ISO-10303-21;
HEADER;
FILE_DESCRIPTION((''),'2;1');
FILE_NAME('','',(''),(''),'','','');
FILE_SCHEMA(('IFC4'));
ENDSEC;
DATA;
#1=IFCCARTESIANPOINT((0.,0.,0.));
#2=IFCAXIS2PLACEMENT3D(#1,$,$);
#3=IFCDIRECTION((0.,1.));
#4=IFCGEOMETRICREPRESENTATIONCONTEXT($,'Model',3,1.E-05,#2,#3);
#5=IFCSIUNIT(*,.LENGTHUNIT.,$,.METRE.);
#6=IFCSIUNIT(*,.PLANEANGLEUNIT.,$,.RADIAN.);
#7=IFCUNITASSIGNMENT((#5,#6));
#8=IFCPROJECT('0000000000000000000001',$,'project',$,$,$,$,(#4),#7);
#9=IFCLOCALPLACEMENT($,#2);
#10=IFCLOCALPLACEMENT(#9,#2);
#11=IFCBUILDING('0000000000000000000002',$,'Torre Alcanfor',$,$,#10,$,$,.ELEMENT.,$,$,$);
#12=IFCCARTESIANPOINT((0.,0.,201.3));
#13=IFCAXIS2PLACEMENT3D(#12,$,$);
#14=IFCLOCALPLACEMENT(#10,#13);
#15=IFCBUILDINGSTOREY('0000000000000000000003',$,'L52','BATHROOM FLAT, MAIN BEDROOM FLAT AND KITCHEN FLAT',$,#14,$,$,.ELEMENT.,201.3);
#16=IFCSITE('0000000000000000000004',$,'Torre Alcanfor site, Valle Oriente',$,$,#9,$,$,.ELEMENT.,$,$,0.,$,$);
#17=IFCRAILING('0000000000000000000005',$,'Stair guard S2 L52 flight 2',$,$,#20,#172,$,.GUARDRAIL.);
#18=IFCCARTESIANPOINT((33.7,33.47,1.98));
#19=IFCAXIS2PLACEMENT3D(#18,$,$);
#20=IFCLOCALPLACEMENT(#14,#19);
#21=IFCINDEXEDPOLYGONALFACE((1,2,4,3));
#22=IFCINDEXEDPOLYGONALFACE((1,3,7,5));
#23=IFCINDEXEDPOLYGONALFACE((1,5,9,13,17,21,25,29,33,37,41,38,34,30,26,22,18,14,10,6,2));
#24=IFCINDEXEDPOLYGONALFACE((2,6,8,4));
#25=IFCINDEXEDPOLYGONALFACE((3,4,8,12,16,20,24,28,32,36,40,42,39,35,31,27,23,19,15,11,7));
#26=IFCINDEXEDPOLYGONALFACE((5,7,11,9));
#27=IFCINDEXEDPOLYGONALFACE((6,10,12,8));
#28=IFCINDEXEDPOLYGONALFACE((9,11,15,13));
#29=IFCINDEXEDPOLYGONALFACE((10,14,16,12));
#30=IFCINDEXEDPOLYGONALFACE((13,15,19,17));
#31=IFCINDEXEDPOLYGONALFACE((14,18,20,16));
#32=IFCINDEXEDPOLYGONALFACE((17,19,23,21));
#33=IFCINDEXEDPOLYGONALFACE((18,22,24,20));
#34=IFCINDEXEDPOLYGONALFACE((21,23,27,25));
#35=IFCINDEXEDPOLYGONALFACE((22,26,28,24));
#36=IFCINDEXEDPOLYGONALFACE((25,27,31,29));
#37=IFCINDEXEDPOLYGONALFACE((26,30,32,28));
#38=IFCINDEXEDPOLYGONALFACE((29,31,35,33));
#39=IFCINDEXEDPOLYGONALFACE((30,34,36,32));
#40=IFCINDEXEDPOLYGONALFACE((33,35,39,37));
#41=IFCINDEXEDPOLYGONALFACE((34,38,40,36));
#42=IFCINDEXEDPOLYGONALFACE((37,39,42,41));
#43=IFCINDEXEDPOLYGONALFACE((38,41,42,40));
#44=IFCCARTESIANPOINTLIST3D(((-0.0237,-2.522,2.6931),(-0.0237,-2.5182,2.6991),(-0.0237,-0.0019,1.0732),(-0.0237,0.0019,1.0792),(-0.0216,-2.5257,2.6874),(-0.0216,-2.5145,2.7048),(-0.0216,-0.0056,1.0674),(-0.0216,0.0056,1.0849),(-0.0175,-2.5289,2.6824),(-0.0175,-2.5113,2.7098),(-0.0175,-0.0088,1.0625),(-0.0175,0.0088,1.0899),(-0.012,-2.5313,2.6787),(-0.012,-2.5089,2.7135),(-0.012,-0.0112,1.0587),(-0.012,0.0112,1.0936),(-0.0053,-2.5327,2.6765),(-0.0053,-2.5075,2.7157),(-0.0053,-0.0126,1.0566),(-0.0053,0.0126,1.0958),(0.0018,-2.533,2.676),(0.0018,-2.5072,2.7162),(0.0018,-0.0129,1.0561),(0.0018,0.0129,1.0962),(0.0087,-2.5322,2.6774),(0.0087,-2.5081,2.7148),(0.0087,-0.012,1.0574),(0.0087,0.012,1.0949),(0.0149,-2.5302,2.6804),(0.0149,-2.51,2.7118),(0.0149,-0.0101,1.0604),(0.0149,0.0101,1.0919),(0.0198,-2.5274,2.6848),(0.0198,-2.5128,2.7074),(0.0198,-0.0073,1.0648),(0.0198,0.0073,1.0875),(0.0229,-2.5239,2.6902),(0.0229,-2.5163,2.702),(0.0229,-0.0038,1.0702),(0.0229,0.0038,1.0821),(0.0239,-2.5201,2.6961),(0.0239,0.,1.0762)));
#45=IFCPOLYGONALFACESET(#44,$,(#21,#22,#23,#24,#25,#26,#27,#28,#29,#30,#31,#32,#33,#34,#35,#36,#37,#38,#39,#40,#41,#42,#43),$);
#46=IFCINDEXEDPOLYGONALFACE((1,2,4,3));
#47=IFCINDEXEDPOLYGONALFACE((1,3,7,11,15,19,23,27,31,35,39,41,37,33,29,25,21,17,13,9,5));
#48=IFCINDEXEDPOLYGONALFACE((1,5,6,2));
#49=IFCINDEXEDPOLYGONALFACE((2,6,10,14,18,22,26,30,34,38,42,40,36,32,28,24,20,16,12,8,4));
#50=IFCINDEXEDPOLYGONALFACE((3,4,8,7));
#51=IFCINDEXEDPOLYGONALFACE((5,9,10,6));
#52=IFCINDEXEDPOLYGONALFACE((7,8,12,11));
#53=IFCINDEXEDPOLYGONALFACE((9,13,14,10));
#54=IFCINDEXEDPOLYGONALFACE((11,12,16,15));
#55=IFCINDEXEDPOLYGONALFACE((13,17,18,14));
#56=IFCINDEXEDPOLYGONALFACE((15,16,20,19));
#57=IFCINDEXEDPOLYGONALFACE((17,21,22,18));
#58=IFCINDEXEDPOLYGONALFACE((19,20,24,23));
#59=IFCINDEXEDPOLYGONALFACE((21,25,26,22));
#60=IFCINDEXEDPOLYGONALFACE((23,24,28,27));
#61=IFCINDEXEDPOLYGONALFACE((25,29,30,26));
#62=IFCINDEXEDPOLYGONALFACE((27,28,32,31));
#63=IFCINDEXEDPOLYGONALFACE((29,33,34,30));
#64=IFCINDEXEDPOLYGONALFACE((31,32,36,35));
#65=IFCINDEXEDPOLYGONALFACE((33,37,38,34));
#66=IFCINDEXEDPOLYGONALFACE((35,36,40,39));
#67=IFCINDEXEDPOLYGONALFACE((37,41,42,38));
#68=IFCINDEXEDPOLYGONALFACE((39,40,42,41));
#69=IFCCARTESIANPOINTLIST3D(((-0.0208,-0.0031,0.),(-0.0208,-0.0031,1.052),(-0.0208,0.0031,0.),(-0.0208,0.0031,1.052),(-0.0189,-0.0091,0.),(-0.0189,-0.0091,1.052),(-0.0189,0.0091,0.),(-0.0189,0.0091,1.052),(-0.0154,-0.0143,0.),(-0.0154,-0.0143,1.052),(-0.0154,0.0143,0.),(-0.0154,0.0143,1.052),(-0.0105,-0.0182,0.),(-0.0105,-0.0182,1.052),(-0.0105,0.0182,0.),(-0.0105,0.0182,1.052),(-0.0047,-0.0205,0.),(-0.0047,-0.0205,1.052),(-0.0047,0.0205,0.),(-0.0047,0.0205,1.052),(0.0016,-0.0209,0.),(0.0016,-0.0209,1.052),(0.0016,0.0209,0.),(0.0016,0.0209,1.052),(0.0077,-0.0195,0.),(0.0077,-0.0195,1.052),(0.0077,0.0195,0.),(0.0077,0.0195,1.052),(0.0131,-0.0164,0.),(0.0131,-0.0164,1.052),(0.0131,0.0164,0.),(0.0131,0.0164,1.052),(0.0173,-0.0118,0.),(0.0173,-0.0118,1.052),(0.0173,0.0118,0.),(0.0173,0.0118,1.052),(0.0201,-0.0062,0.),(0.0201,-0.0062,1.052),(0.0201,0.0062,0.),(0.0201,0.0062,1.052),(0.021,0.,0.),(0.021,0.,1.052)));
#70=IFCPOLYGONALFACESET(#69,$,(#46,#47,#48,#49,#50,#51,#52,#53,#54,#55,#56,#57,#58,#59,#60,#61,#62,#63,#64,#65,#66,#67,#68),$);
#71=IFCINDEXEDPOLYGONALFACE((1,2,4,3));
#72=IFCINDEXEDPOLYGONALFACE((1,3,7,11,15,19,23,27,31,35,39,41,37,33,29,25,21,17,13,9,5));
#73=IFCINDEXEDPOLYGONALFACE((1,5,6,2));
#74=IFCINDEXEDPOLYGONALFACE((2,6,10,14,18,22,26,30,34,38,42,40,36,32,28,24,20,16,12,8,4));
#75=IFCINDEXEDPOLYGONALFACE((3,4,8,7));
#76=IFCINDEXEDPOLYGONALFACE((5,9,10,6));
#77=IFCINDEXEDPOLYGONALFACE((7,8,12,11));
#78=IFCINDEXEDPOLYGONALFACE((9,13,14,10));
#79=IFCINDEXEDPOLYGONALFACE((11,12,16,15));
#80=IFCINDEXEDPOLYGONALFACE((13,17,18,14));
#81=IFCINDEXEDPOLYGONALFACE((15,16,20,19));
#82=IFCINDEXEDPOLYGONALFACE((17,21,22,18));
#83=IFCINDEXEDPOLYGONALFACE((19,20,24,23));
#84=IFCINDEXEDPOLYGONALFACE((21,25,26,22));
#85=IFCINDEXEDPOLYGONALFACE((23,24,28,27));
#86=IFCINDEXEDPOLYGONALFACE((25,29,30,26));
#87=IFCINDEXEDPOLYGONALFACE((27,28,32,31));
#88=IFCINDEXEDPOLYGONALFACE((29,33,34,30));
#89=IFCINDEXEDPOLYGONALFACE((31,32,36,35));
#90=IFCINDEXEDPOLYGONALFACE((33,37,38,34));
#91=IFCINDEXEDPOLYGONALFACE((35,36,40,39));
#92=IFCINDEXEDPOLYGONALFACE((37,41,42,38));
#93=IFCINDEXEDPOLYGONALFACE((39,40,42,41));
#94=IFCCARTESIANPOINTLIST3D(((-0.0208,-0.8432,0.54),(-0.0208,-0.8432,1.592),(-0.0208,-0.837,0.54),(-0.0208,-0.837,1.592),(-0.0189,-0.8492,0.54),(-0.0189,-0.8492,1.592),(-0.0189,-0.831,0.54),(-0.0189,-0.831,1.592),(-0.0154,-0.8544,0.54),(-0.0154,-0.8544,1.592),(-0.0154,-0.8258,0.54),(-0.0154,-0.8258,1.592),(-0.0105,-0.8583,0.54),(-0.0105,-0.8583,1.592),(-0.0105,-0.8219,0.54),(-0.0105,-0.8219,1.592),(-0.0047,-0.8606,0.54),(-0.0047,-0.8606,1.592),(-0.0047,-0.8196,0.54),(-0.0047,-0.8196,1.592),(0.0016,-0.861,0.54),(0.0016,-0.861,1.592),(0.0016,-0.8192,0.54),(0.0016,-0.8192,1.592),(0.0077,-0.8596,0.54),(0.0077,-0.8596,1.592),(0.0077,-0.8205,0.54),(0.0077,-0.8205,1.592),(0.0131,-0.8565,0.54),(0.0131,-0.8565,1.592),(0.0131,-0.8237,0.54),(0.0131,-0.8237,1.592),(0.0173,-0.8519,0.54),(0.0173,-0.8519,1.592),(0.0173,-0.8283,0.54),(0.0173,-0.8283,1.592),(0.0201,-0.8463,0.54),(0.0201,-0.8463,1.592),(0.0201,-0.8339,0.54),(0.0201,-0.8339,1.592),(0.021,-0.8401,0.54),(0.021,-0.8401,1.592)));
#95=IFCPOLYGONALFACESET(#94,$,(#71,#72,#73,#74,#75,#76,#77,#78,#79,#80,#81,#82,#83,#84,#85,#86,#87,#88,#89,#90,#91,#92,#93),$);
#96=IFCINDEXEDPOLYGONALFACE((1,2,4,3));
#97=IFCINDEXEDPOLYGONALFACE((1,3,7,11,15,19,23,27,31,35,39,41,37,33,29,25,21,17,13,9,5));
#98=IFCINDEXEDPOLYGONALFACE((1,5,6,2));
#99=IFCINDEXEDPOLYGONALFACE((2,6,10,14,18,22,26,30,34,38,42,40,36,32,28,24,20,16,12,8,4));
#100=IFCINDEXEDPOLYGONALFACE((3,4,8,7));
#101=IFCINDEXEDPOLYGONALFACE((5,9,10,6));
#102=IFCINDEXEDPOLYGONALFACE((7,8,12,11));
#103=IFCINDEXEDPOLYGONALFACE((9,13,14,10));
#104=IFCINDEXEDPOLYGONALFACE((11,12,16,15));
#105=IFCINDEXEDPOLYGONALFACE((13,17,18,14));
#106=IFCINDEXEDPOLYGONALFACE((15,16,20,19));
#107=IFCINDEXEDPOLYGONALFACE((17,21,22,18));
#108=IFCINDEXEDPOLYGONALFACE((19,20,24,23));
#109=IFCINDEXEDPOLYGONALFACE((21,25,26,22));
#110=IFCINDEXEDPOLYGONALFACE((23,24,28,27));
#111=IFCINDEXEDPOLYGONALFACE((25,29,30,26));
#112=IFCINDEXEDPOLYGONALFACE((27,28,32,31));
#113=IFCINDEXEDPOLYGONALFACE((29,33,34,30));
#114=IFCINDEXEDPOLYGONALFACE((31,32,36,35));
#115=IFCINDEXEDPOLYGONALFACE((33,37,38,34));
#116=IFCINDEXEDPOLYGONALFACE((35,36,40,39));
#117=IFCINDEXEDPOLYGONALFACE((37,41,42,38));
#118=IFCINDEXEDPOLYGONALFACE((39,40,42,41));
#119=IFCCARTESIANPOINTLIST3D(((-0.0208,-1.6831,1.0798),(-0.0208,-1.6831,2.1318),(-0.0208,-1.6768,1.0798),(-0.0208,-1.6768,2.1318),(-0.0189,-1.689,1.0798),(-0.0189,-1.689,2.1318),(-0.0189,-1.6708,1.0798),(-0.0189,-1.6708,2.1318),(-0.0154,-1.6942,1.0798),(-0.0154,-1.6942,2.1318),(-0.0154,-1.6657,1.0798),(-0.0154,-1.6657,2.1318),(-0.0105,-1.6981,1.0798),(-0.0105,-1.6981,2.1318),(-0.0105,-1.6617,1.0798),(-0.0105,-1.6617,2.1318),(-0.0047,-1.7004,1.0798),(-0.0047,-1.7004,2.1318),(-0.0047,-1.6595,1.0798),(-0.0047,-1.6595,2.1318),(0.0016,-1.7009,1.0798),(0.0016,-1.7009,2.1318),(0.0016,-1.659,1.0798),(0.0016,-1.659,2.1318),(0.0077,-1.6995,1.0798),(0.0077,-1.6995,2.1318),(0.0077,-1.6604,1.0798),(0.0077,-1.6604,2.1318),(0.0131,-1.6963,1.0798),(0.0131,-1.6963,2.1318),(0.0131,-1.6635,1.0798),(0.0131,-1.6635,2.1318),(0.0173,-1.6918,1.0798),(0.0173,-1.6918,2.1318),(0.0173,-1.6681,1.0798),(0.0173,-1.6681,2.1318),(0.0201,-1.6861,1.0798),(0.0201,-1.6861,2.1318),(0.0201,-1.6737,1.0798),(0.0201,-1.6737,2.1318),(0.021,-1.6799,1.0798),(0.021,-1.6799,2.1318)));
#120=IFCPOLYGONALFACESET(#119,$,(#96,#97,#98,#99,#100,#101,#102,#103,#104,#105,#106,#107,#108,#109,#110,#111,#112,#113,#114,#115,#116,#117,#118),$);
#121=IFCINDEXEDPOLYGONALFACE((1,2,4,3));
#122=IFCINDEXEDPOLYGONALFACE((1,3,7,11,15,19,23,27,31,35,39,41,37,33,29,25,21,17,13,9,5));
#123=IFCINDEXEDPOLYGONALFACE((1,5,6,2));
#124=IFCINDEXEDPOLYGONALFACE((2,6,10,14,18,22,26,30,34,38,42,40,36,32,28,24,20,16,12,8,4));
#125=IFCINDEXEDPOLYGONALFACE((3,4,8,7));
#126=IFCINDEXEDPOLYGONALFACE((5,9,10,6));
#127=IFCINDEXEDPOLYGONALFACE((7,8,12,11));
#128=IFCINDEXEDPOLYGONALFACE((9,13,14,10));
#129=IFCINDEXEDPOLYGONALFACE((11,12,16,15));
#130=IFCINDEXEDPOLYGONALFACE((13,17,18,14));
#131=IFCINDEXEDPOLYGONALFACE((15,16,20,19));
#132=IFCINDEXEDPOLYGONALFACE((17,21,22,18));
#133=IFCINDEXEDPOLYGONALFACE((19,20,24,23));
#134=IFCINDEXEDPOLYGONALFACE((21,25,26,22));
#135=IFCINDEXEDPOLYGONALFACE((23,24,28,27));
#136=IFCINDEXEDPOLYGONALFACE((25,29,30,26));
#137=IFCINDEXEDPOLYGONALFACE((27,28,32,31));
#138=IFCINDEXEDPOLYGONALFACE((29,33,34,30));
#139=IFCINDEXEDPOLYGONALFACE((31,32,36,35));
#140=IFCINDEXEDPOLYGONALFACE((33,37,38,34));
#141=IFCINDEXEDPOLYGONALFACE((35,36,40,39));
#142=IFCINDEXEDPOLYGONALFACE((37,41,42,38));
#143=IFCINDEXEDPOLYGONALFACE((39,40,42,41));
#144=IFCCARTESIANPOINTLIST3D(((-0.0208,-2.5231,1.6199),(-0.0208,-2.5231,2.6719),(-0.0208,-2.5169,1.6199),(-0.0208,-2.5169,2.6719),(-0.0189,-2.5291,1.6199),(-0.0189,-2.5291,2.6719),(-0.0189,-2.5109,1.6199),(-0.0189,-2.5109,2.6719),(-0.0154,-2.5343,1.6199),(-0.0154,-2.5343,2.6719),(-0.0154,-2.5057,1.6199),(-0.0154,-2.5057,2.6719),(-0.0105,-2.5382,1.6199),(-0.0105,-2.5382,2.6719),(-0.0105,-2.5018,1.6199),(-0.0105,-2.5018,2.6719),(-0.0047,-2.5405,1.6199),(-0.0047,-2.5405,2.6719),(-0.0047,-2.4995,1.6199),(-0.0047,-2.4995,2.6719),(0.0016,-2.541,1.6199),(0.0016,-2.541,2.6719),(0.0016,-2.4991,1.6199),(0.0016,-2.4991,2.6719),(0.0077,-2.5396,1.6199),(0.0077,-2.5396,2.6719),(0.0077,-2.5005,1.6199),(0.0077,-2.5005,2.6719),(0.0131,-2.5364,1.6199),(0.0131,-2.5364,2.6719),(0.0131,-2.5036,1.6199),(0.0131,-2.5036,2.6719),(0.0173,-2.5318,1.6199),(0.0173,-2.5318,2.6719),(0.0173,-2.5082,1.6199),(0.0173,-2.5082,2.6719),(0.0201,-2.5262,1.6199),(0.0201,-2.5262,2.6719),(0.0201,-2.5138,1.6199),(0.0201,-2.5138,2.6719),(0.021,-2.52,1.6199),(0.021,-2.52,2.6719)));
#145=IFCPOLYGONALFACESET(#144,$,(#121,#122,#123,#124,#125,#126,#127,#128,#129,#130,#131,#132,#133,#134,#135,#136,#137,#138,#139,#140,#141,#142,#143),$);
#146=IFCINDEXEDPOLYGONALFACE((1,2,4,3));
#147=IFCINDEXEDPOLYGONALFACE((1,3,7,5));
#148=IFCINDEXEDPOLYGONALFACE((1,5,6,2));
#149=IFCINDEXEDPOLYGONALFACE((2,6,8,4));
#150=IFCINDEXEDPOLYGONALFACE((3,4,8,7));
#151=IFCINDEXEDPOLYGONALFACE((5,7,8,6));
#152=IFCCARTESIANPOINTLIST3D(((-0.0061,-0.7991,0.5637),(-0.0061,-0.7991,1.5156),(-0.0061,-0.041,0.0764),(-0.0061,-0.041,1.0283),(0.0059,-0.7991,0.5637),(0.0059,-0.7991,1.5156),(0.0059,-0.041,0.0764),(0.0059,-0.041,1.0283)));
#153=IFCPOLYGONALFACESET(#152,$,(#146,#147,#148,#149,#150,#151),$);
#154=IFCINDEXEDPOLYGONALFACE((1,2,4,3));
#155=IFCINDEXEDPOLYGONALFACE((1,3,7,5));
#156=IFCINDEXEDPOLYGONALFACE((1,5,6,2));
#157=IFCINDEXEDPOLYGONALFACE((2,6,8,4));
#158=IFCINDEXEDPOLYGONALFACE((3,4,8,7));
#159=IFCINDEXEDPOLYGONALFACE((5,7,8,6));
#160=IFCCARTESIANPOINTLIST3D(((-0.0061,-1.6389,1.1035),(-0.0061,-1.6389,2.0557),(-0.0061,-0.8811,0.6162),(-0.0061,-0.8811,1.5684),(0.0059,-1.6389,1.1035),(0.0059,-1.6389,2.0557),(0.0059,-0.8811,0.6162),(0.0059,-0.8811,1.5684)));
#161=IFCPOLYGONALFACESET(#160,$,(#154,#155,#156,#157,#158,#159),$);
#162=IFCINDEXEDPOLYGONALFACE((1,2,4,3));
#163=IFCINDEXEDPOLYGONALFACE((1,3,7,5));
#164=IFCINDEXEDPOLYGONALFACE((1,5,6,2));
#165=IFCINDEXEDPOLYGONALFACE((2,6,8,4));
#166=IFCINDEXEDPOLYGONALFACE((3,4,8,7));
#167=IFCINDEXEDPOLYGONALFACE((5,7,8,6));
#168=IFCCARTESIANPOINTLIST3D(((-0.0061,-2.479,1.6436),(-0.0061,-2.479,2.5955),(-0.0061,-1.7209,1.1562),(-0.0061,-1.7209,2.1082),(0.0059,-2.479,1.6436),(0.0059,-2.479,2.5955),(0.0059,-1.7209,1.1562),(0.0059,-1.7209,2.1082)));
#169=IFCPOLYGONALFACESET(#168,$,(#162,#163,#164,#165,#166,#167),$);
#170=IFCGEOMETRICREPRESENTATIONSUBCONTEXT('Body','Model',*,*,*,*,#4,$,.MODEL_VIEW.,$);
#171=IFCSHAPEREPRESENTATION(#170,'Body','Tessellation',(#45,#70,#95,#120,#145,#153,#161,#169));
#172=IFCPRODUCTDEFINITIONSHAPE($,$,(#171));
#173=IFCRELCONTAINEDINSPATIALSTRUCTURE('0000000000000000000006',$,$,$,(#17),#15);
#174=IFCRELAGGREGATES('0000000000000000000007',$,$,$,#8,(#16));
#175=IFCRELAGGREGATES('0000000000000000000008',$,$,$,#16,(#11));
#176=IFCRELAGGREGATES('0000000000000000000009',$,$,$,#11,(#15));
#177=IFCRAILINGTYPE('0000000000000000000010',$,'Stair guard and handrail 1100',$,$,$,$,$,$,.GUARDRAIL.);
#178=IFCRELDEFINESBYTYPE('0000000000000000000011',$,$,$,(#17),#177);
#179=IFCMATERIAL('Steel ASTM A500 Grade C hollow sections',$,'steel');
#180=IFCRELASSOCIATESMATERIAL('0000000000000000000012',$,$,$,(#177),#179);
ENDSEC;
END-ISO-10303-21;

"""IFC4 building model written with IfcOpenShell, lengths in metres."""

from ifc_helpers import new_model, si_unit, direction, frame, origin, origin_2d, place, context, subcontext, project, spatial, polyline, circle, outline, extrude, material, type_object, element, save


model = new_model("IFC4")

# Units and contexts
model_context = context("Model", 3, precision=1e-05, world=origin(), true_north=direction((0.0, 1.0)))
body_context = subcontext(model_context, "Body", "Model", "MODEL_VIEW")
ifc_project = project(units=[si_unit("LENGTHUNIT", "METRE"), si_unit("PLANEANGLEUNIT", "RADIAN")], contexts=[model_context])

# Site, building, storey
site_placement = place(None, origin())
site = spatial("IfcSite", under=ifc_project, at=site_placement, Name="Torre Alcanfor site, Valle Oriente", CompositionType="ELEMENT", RefElevation=0.0)
building_placement = place(site_placement, origin())
building = spatial("IfcBuilding", under=site, at=building_placement, Name="Torre Alcanfor", CompositionType="ELEMENT")
storey_placement = place(building_placement, frame((0.0, 0.0, 201.3)))
storey = spatial("IfcBuildingStorey", under=building, at=storey_placement, Name="L52", Description="BATHROOM FLAT, MAIN BEDROOM FLAT AND KITCHEN FLAT", CompositionType="ELEMENT", Elevation=201.3)

# Railing
ifc_material_1 = material(Name="Steel ASTM A500 Grade C hollow sections", Category="steel")
railing_type_1 = type_object("IfcRailingType", Name="Stair guard and handrail 1100", PredefinedType="GUARDRAIL", material=ifc_material_1)
railing_1_placement = place(storey_placement, frame((33.7, 33.47, 1.98)))
element("IfcRailing", 1, at=railing_1_placement, inside=storey, type_object=railing_type_1, Name="Stair guard S2 L52 flight 2", PredefinedType="GUARDRAIL", context=body_context, shape_type="SweptSolid", body=[
    extrude(circle(Radius=0.0239, at=origin_2d()), frame((0.0, 0.0, 1.0762), z_axis=(0.0, -0.8412, 0.540725), x_axis=(1.0, 0.0, 0.0)), (0.0, 0.0, 1.0), 2.9958),
    extrude(circle(Radius=0.021, at=origin_2d()), origin(), (0.0, 0.0, 1.0), 1.052),
    extrude(circle(Radius=0.021, at=origin_2d()), frame((0.0, -0.8401, 0.54)), (0.0, 0.0, 1.0), 1.052),
    extrude(circle(Radius=0.021, at=origin_2d()), frame((0.0, -1.6799, 1.0798)), (0.0, 0.0, 1.0), 1.052),
    extrude(circle(Radius=0.021, at=origin_2d()), frame((0.0, -2.52, 1.6199)), (0.0, 0.0, 1.0), 1.052),
    extrude(outline(polyline([(0.041, 0.0764), (0.7991, 0.5637), (0.7991, 1.5156), (0.041, 1.0283), (0.041, 0.0764)])), frame((0.0059, 0.0, 0.0), z_axis=(-1.0, 0.0, 0.0), x_axis=(0.0, -1.0, 0.0)), (0.0, 0.0, 1.0), 0.012),
    extrude(outline(polyline([(0.8811, 0.6162), (1.6389, 1.1035), (1.6389, 2.0557), (0.8811, 1.5684), (0.8811, 0.6162)])), frame((0.0059, 0.0, 0.0), z_axis=(-1.0, 0.0, 0.0), x_axis=(0.0, -1.0, 0.0)), (0.0, 0.0, 1.0), 0.012),
    extrude(outline(polyline([(1.7209, 1.1562), (2.479, 1.6436), (2.479, 2.5955), (1.7209, 2.1082), (1.7209, 1.1562)])), frame((0.0059, 0.0, 0.0), z_axis=(-1.0, 0.0, 0.0), x_axis=(0.0, -1.0, 0.0)), (0.0, 0.0, 1.0), 0.012),
])

save(model, "model.ifc")
